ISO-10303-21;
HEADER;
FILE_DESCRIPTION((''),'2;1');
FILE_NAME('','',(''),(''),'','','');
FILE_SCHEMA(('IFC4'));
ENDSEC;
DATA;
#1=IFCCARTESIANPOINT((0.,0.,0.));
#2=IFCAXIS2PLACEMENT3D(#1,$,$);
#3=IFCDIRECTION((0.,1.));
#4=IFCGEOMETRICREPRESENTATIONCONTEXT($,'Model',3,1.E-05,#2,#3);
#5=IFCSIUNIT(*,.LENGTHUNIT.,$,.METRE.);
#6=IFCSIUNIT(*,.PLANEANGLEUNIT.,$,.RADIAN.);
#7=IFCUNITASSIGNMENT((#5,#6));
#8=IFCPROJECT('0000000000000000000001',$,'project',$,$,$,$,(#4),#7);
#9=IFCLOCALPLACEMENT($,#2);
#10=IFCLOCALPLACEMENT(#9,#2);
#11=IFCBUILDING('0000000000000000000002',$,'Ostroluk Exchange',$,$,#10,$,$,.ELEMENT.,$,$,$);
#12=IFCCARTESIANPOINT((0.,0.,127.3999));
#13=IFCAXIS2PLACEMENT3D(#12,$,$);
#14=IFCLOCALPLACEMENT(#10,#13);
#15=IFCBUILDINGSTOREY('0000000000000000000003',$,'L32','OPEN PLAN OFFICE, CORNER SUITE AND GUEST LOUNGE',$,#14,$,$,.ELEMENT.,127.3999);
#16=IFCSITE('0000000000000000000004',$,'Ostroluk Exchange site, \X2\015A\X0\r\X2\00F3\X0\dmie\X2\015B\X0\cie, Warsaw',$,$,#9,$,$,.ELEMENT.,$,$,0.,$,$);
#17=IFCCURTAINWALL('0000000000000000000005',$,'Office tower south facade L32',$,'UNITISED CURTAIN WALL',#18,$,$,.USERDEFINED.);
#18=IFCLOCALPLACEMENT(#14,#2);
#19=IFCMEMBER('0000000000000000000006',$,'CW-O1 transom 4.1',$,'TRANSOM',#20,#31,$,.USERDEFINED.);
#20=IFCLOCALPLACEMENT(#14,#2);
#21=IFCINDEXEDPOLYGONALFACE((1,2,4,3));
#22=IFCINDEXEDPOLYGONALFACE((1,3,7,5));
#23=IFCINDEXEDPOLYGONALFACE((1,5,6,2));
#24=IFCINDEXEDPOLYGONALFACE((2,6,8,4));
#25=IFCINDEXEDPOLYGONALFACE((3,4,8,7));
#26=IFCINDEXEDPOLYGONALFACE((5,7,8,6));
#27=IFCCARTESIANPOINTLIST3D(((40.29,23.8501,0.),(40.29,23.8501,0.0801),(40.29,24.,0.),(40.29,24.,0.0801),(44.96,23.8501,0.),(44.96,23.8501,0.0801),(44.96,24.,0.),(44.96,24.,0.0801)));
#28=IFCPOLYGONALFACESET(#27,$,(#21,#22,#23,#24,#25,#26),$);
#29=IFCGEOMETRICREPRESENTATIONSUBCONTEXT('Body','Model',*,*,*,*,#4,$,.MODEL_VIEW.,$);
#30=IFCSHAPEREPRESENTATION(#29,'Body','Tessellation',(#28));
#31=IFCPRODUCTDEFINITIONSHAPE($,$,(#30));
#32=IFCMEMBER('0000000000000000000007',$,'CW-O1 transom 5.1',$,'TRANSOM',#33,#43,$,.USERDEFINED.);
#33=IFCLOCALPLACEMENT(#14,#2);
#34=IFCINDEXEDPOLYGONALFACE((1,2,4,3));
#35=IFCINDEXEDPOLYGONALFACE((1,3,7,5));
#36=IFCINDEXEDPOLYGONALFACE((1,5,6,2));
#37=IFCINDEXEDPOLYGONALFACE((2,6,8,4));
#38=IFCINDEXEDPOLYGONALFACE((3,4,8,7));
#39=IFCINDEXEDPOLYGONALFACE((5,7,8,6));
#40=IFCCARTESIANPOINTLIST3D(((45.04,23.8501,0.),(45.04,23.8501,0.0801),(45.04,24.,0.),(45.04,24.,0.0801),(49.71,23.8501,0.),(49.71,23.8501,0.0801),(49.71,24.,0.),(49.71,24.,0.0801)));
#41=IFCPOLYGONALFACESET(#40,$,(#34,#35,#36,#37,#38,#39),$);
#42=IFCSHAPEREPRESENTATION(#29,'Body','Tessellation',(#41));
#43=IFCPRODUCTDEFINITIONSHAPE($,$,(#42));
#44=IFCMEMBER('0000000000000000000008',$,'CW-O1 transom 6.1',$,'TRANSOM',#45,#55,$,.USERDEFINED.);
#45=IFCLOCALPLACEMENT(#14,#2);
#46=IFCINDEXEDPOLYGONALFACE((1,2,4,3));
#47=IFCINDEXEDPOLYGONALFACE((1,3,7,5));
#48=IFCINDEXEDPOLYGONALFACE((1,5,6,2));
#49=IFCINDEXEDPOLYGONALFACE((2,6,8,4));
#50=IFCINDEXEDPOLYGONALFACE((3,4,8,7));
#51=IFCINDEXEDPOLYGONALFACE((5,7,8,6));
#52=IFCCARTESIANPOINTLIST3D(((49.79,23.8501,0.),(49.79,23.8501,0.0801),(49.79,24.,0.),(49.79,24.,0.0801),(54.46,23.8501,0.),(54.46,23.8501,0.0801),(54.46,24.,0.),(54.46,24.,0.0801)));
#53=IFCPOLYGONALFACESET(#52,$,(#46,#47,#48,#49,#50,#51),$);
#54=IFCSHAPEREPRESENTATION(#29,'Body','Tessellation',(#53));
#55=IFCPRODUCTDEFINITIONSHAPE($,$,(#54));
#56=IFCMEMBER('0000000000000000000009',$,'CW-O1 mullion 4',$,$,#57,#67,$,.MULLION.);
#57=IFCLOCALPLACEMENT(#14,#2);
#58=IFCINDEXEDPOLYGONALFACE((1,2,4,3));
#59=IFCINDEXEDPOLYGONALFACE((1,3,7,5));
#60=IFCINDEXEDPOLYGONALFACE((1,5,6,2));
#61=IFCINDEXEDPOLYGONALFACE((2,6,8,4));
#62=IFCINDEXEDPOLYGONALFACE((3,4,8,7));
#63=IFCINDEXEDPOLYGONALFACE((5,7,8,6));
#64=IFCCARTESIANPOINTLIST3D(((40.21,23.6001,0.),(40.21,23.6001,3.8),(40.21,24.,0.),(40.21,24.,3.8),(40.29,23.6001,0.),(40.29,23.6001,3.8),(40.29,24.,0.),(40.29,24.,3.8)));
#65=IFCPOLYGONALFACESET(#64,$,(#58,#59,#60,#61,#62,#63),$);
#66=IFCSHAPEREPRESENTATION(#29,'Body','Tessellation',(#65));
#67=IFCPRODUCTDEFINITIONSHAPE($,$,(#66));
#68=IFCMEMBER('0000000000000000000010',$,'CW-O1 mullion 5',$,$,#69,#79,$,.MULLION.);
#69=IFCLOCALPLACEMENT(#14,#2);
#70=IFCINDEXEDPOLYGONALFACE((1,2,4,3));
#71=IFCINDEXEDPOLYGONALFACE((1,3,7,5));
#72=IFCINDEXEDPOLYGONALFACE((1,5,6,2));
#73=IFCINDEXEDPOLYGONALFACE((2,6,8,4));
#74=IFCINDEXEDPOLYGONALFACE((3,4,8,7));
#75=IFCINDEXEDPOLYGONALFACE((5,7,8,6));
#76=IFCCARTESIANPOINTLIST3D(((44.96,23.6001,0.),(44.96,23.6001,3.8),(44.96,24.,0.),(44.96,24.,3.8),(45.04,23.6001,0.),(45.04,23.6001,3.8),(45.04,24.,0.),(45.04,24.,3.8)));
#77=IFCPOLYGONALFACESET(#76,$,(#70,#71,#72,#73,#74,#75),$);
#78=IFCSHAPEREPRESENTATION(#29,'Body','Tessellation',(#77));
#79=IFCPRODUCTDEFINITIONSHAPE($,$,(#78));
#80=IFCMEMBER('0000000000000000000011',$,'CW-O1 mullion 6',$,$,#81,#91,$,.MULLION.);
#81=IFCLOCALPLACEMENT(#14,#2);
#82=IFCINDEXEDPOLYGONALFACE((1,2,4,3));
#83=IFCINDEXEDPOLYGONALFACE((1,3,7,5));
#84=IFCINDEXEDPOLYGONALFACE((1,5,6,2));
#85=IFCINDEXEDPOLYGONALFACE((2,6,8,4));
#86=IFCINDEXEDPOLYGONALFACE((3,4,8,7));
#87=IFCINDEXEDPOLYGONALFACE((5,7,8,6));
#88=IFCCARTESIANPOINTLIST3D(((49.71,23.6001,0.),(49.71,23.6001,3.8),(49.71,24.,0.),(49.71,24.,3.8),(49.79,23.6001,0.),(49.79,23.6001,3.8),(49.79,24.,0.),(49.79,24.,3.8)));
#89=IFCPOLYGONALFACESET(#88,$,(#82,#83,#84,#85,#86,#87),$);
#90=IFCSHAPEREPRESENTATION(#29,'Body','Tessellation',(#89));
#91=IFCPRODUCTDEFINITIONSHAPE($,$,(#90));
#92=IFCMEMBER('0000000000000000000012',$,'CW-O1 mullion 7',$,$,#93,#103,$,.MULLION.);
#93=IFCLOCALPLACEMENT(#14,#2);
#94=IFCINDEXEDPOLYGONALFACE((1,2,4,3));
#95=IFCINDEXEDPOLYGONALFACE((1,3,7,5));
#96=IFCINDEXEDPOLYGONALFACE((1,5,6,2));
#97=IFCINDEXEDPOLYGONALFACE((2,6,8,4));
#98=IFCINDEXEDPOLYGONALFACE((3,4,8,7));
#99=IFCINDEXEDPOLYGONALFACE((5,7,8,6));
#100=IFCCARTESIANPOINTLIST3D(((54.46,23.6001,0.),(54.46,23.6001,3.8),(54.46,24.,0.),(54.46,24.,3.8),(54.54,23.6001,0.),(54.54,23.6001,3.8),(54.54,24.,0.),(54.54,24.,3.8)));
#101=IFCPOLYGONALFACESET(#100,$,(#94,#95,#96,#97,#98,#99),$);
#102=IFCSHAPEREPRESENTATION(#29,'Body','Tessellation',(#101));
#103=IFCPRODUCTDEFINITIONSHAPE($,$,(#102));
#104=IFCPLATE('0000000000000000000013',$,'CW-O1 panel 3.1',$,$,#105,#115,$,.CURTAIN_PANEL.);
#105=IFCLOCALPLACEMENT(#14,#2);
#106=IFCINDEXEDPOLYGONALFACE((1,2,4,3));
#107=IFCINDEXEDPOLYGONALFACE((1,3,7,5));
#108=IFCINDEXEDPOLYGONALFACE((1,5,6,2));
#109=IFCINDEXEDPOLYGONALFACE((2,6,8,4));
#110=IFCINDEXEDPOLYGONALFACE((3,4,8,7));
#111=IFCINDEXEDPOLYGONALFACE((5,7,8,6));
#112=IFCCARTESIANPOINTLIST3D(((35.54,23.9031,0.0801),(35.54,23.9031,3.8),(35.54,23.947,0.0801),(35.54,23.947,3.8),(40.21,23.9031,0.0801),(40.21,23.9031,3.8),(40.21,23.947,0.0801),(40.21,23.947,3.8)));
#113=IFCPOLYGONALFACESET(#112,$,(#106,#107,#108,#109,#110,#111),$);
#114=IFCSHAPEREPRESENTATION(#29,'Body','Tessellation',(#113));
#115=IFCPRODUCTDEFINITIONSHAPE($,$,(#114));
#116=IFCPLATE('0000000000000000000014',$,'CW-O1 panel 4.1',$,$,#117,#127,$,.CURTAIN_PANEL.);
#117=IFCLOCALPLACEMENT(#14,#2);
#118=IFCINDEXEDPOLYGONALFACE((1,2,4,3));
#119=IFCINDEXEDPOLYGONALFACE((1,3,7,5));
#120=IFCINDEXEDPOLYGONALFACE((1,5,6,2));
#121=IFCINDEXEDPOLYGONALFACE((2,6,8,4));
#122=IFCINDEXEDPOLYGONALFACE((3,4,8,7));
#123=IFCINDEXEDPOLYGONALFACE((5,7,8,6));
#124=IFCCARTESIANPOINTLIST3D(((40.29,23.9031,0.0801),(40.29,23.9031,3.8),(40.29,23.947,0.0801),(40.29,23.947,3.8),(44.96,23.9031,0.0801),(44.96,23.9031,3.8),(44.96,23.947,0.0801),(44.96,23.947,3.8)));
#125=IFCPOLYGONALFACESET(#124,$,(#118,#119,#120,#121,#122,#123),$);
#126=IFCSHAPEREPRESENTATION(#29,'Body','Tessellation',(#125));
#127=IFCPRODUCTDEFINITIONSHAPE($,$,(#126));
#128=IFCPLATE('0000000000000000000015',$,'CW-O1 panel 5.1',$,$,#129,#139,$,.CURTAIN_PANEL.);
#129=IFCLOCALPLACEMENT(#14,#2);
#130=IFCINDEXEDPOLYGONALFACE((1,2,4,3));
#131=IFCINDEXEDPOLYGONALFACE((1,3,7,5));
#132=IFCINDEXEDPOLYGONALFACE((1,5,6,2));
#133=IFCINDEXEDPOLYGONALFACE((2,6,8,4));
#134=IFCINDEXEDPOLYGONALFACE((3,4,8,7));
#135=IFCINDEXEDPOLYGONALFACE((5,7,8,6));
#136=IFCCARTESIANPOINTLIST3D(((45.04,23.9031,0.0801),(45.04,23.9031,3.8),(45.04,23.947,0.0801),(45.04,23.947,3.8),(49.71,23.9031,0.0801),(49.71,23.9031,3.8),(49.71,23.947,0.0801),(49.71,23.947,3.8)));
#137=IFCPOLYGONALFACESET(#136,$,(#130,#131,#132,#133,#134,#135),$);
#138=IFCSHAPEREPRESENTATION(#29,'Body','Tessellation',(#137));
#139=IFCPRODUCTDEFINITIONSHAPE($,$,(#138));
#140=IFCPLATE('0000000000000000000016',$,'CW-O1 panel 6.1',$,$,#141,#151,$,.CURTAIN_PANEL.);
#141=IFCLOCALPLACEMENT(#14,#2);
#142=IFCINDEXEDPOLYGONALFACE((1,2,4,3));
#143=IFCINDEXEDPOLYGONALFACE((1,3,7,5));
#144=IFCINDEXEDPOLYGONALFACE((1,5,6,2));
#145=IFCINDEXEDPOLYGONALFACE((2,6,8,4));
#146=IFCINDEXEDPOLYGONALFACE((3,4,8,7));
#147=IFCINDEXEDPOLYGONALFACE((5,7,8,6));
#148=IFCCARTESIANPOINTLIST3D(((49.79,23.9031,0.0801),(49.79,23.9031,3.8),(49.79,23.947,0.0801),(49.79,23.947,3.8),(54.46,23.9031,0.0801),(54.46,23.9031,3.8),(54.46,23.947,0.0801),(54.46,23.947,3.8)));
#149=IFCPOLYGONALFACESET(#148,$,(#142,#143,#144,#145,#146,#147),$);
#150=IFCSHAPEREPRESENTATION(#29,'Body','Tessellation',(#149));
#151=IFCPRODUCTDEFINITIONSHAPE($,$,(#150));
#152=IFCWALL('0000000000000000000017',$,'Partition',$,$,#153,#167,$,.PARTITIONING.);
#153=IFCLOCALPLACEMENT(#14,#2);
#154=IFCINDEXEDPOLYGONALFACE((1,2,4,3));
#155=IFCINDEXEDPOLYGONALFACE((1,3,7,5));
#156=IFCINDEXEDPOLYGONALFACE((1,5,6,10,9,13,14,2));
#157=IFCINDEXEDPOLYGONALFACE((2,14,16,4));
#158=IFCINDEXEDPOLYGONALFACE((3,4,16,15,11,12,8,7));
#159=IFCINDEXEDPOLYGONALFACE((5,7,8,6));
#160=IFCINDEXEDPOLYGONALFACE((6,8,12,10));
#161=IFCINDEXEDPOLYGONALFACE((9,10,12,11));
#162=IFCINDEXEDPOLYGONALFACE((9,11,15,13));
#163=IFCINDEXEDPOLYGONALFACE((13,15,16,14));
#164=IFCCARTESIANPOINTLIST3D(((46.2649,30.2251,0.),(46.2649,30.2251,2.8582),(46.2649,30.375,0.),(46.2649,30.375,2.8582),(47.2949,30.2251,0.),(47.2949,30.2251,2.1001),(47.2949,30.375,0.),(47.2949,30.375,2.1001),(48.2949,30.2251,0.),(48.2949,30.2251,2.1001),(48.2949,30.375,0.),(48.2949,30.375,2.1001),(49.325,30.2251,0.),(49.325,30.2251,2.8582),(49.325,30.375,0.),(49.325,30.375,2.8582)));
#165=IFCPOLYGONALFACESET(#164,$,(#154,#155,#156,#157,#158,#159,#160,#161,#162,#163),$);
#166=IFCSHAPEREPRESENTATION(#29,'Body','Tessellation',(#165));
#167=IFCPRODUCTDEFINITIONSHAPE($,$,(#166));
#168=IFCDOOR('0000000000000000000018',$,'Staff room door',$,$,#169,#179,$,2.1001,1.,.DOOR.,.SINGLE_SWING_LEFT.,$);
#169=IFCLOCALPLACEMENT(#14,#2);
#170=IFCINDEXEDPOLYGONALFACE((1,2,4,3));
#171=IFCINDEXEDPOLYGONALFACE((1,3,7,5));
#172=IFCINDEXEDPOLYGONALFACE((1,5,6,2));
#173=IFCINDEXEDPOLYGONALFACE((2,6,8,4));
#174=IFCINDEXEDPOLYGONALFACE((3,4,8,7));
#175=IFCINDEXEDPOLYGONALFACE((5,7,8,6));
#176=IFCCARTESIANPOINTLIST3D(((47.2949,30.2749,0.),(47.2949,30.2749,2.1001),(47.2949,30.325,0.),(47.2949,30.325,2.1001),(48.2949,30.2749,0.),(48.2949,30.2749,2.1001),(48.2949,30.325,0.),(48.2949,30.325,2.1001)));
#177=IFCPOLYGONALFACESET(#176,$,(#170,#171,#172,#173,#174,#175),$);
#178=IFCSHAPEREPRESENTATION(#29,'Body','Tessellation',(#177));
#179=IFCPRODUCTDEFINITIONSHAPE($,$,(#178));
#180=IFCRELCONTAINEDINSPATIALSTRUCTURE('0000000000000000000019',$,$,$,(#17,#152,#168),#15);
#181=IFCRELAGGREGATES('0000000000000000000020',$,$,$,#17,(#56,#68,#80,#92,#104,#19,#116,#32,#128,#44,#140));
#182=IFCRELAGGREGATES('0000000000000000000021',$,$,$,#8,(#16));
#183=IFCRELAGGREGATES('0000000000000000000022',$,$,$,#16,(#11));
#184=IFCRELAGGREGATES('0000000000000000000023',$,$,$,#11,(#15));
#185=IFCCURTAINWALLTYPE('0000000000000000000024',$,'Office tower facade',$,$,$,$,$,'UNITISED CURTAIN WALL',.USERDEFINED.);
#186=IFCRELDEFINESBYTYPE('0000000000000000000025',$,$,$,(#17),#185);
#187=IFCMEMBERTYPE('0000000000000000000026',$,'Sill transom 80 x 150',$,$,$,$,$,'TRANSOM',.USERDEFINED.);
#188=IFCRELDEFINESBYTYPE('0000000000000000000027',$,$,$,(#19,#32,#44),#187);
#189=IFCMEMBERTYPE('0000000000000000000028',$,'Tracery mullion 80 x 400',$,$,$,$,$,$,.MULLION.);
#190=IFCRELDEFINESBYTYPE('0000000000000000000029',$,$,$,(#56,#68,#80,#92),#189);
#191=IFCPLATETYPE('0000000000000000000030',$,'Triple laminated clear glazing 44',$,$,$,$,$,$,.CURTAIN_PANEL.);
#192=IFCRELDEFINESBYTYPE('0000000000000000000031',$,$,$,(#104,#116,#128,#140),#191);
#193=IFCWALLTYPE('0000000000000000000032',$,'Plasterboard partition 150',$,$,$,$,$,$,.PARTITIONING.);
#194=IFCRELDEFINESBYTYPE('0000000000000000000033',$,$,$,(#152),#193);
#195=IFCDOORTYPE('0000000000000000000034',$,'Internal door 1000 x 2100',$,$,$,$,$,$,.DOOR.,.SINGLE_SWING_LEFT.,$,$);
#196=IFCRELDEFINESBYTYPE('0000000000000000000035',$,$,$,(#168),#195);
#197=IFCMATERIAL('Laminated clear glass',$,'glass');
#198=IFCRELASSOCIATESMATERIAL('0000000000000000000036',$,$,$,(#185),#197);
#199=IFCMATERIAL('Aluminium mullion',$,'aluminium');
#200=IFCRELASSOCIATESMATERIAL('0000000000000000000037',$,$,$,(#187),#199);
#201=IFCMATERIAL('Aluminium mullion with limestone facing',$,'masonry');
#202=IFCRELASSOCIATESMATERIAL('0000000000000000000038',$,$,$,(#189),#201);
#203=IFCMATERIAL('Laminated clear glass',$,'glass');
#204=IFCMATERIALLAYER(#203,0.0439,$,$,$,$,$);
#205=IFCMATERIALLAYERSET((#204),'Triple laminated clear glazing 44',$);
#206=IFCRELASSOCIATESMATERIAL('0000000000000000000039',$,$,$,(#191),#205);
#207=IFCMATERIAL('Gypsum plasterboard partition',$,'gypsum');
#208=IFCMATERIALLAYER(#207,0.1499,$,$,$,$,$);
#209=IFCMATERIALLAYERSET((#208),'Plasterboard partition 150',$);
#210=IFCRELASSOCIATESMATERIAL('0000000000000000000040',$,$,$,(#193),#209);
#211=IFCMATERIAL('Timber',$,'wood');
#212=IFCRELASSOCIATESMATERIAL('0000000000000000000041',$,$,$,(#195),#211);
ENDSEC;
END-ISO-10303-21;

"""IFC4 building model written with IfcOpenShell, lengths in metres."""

from ifc_helpers import new_model, si_unit, direction, frame, frame_2d, origin, origin_2d, place, context, subcontext, project, spatial, rectangle, extrude, material, layer, layer_set, material_profile, profile_set, type_object, element, fill, aggregate, save


model = new_model("IFC4")

# Units and contexts
model_context = context("Model", 3, precision=1e-05, world=origin(), true_north=direction((0.0, 1.0)))
body_context = subcontext(model_context, "Body", "Model", "MODEL_VIEW")
ifc_project = project(units=[si_unit("LENGTHUNIT", "METRE"), si_unit("PLANEANGLEUNIT", "RADIAN")], contexts=[model_context])

# Site, building, storey
site_placement = place(None, origin())
site = spatial("IfcSite", under=ifc_project, at=site_placement, Name="Ostroluk Exchange site, Śródmieście, Warsaw", CompositionType="ELEMENT", RefElevation=0.0)
building_placement = place(site_placement, origin())
building = spatial("IfcBuilding", under=site, at=building_placement, Name="Ostroluk Exchange", CompositionType="ELEMENT")
storey_placement = place(building_placement, frame((0.0, 0.0, 127.3999)))
storey = spatial("IfcBuildingStorey", under=building, at=storey_placement, Name="L32", Description="OPEN PLAN OFFICE, CORNER SUITE AND GUEST LOUNGE", CompositionType="ELEMENT", Elevation=127.3999)

# Curtain wall, members, plates
ifc_material_1 = material(Name="Laminated clear glass", Category="glass")
curtain_wall_type = type_object("IfcCurtainWallType", Name="Office tower facade", ElementType="UNITISED CURTAIN WALL", PredefinedType="USERDEFINED", material=ifc_material_1)
curtain_wall_placement = place(storey_placement, origin())
curtain_wall = element("IfcCurtainWall", 1, at=curtain_wall_placement, inside=storey, type_object=curtain_wall_type, Name="Office tower south facade L32", ObjectType="UNITISED CURTAIN WALL", PredefinedType="USERDEFINED")
ifc_material_2 = material(Name="Aluminium mullion", Category="aluminium")
ifc_material_profile_1 = material_profile(ifc_material_2, rectangle(XDim=0.1499, YDim=0.0801, at=origin_2d()), Name="Sill transom 80 x 150")
ifc_profile_set_1 = profile_set([ifc_material_profile_1], Name="Aluminium mullion")
member_type_1 = type_object("IfcMemberType", Name="Sill transom 80 x 150", ElementType="TRANSOM", PredefinedType="USERDEFINED", material=ifc_profile_set_1)
member_1_placement = place(storey_placement, frame((40.29, 23.925, 0.04), z_axis=(1.0, 0.0, 0.0), x_axis=(0.0, 1.0, 0.0)))
member_1 = element("IfcMember", 2, at=member_1_placement, type_object=member_type_1, Name="CW-O1 transom 4.1", ObjectType="TRANSOM", PredefinedType="USERDEFINED", context=body_context, shape_type="SweptSolid", body=[
    extrude(rectangle(XDim=0.1499, YDim=0.0801, at=origin_2d()), origin(), (0.0, 0.0, 1.0), 4.6699),
])
member_2_placement = place(storey_placement, frame((45.04, 23.925, 0.04), z_axis=(1.0, 0.0, 0.0), x_axis=(0.0, 1.0, 0.0)))
member_2 = element("IfcMember", 3, at=member_2_placement, type_object=member_type_1, Name="CW-O1 transom 5.1", ObjectType="TRANSOM", PredefinedType="USERDEFINED", context=body_context, shape_type="SweptSolid", body=[
    extrude(rectangle(XDim=0.1499, YDim=0.0801, at=origin_2d()), origin(), (0.0, 0.0, 1.0), 4.6699),
])
member_3_placement = place(storey_placement, frame((49.79, 23.925, 0.04), z_axis=(1.0, 0.0, 0.0), x_axis=(0.0, 1.0, 0.0)))
member_3 = element("IfcMember", 4, at=member_3_placement, type_object=member_type_1, Name="CW-O1 transom 6.1", ObjectType="TRANSOM", PredefinedType="USERDEFINED", context=body_context, shape_type="SweptSolid", body=[
    extrude(rectangle(XDim=0.1499, YDim=0.0801, at=origin_2d()), origin(), (0.0, 0.0, 1.0), 4.6699),
])
ifc_material_3 = material(Name="Aluminium mullion with limestone facing", Category="masonry")
ifc_material_profile_2 = material_profile(ifc_material_3, rectangle(XDim=0.3999, YDim=0.0801, at=origin_2d()), Name="Tracery mullion 80 x 400")
ifc_profile_set_2 = profile_set([ifc_material_profile_2], Name="Aluminium mullion with limestone facing")
member_type_2 = type_object("IfcMemberType", Name="Tracery mullion 80 x 400", PredefinedType="MULLION", material=ifc_profile_set_2)
member_4_placement = place(storey_placement, frame((40.25, 23.8, 0.0), z_axis=(0.0, 0.0, 1.0), x_axis=(0.0, 1.0, 0.0)))
member_4 = element("IfcMember", 5, at=member_4_placement, type_object=member_type_2, Name="CW-O1 mullion 4", PredefinedType="MULLION", context=body_context, shape_type="SweptSolid", body=[
    extrude(rectangle(XDim=0.3999, YDim=0.0801, at=origin_2d()), origin(), (0.0, 0.0, 1.0), 3.8),
])
member_5_placement = place(storey_placement, frame((45.0, 23.8, 0.0), z_axis=(0.0, 0.0, 1.0), x_axis=(0.0, 1.0, 0.0)))
member_5 = element("IfcMember", 6, at=member_5_placement, type_object=member_type_2, Name="CW-O1 mullion 5", PredefinedType="MULLION", context=body_context, shape_type="SweptSolid", body=[
    extrude(rectangle(XDim=0.3999, YDim=0.0801, at=origin_2d()), origin(), (0.0, 0.0, 1.0), 3.8),
])
member_6_placement = place(storey_placement, frame((49.75, 23.8, 0.0), z_axis=(0.0, 0.0, 1.0), x_axis=(0.0, 1.0, 0.0)))
member_6 = element("IfcMember", 7, at=member_6_placement, type_object=member_type_2, Name="CW-O1 mullion 6", PredefinedType="MULLION", context=body_context, shape_type="SweptSolid", body=[
    extrude(rectangle(XDim=0.3999, YDim=0.0801, at=origin_2d()), origin(), (0.0, 0.0, 1.0), 3.8),
])
member_7_placement = place(storey_placement, frame((54.5, 23.8, 0.0), z_axis=(0.0, 0.0, 1.0), x_axis=(0.0, 1.0, 0.0)))
member_7 = element("IfcMember", 8, at=member_7_placement, type_object=member_type_2, Name="CW-O1 mullion 7", PredefinedType="MULLION", context=body_context, shape_type="SweptSolid", body=[
    extrude(rectangle(XDim=0.3999, YDim=0.0801, at=origin_2d()), origin(), (0.0, 0.0, 1.0), 3.8),
])
ifc_material_4 = material(Name="Laminated clear glass", Category="glass")
ifc_layer_1 = layer(ifc_material_4, 0.0439)
ifc_layer_set_1 = layer_set([ifc_layer_1], Name="Triple laminated clear glazing 44")
plate_type = type_object("IfcPlateType", Name="Triple laminated clear glazing 44", PredefinedType="CURTAIN_PANEL", material=ifc_layer_set_1)
plate_1_placement = place(storey_placement, frame((37.875, 23.925, 0.0801), z_axis=(0.0, 0.0, 1.0), x_axis=(1.0, 0.0, 0.0)))
plate_1 = element("IfcPlate", 9, at=plate_1_placement, type_object=plate_type, Name="CW-O1 panel 3.1", PredefinedType="CURTAIN_PANEL", context=body_context, shape_type="SweptSolid", body=[
    extrude(rectangle(XDim=4.6699, YDim=0.0439, at=origin_2d()), origin(), (0.0, 0.0, 1.0), 3.72),
])
plate_2_placement = place(storey_placement, frame((42.625, 23.925, 0.0801), z_axis=(0.0, 0.0, 1.0), x_axis=(1.0, 0.0, 0.0)))
plate_2 = element("IfcPlate", 10, at=plate_2_placement, type_object=plate_type, Name="CW-O1 panel 4.1", PredefinedType="CURTAIN_PANEL", context=body_context, shape_type="SweptSolid", body=[
    extrude(rectangle(XDim=4.6699, YDim=0.0439, at=origin_2d()), origin(), (0.0, 0.0, 1.0), 3.72),
])
plate_3_placement = place(storey_placement, frame((47.375, 23.925, 0.0801), z_axis=(0.0, 0.0, 1.0), x_axis=(1.0, 0.0, 0.0)))
plate_3 = element("IfcPlate", 11, at=plate_3_placement, type_object=plate_type, Name="CW-O1 panel 5.1", PredefinedType="CURTAIN_PANEL", context=body_context, shape_type="SweptSolid", body=[
    extrude(rectangle(XDim=4.6699, YDim=0.0439, at=origin_2d()), origin(), (0.0, 0.0, 1.0), 3.72),
])
plate_4_placement = place(storey_placement, frame((52.125, 23.925, 0.0801), z_axis=(0.0, 0.0, 1.0), x_axis=(1.0, 0.0, 0.0)))
plate_4 = element("IfcPlate", 12, at=plate_4_placement, type_object=plate_type, Name="CW-O1 panel 6.1", PredefinedType="CURTAIN_PANEL", context=body_context, shape_type="SweptSolid", body=[
    extrude(rectangle(XDim=4.6699, YDim=0.0439, at=origin_2d()), origin(), (0.0, 0.0, 1.0), 3.72),
])
aggregate(curtain_wall, [member_4, member_5, member_6, member_7, plate_1, member_1, plate_2, member_2, plate_3, member_3, plate_4])

# Wall, opening, door
ifc_material_5 = material(Name="Gypsum plasterboard partition", Category="gypsum")
ifc_layer_2 = layer(ifc_material_5, 0.1499)
ifc_layer_set_2 = layer_set([ifc_layer_2], Name="Plasterboard partition 150")
wall_type = type_object("IfcWallType", Name="Plasterboard partition 150", PredefinedType="PARTITIONING", material=ifc_layer_set_2)
wall_placement = place(storey_placement, frame((46.2649, 30.3, 0.0), z_axis=(0.0, 0.0, 1.0), x_axis=(1.0, 0.0, 0.0)))
wall = element("IfcWall", 13, at=wall_placement, inside=storey, type_object=wall_type, Name="Partition", PredefinedType="PARTITIONING", context=body_context, shape_type="SweptSolid", body=[
    extrude(rectangle(XDim=3.0601, YDim=0.1499, at=frame_2d((1.53, 0.0))), origin(), (0.0, 0.0, 1.0), 2.8582),
])
opening_placement = place(wall_placement, frame((1.03, 0.0, 0.0)))
opening = element("IfcOpeningElement", 14, at=opening_placement, cuts=wall, PredefinedType="OPENING", context=body_context, shape_type="SweptSolid", body=[
    extrude(rectangle(XDim=1.0, YDim=2.1001, at=frame_2d((0.5, 1.05))), frame((0.0, 0.085, 0.0), z_axis=(0.0, -1.0, 0.0), x_axis=(1.0, 0.0, 0.0)), (0.0, 0.0, 1.0), 0.1699),
])
ifc_material_6 = material(Name="Timber", Category="wood")
door_type = type_object("IfcDoorType", Name="Internal door 1000 x 2100", OperationType="SINGLE_SWING_LEFT", PredefinedType="DOOR", material=ifc_material_6)
door_placement = place(opening_placement, origin())
door = element("IfcDoor", 15, at=door_placement, inside=storey, type_object=door_type, Name="Staff room door", OperationType="SINGLE_SWING_LEFT", OverallHeight=2.1001, OverallWidth=1.0, PredefinedType="DOOR", context=body_context, shape_type="SweptSolid", body=[
    extrude(rectangle(XDim=1.0, YDim=2.1001, at=frame_2d((0.5, 1.05))), frame((0.0, 0.0249, 0.0), z_axis=(0.0, -1.0, 0.0), x_axis=(1.0, 0.0, 0.0)), (0.0, 0.0, 1.0), 0.05),
])
fill(opening, door)

save(model, "model.ifc")
